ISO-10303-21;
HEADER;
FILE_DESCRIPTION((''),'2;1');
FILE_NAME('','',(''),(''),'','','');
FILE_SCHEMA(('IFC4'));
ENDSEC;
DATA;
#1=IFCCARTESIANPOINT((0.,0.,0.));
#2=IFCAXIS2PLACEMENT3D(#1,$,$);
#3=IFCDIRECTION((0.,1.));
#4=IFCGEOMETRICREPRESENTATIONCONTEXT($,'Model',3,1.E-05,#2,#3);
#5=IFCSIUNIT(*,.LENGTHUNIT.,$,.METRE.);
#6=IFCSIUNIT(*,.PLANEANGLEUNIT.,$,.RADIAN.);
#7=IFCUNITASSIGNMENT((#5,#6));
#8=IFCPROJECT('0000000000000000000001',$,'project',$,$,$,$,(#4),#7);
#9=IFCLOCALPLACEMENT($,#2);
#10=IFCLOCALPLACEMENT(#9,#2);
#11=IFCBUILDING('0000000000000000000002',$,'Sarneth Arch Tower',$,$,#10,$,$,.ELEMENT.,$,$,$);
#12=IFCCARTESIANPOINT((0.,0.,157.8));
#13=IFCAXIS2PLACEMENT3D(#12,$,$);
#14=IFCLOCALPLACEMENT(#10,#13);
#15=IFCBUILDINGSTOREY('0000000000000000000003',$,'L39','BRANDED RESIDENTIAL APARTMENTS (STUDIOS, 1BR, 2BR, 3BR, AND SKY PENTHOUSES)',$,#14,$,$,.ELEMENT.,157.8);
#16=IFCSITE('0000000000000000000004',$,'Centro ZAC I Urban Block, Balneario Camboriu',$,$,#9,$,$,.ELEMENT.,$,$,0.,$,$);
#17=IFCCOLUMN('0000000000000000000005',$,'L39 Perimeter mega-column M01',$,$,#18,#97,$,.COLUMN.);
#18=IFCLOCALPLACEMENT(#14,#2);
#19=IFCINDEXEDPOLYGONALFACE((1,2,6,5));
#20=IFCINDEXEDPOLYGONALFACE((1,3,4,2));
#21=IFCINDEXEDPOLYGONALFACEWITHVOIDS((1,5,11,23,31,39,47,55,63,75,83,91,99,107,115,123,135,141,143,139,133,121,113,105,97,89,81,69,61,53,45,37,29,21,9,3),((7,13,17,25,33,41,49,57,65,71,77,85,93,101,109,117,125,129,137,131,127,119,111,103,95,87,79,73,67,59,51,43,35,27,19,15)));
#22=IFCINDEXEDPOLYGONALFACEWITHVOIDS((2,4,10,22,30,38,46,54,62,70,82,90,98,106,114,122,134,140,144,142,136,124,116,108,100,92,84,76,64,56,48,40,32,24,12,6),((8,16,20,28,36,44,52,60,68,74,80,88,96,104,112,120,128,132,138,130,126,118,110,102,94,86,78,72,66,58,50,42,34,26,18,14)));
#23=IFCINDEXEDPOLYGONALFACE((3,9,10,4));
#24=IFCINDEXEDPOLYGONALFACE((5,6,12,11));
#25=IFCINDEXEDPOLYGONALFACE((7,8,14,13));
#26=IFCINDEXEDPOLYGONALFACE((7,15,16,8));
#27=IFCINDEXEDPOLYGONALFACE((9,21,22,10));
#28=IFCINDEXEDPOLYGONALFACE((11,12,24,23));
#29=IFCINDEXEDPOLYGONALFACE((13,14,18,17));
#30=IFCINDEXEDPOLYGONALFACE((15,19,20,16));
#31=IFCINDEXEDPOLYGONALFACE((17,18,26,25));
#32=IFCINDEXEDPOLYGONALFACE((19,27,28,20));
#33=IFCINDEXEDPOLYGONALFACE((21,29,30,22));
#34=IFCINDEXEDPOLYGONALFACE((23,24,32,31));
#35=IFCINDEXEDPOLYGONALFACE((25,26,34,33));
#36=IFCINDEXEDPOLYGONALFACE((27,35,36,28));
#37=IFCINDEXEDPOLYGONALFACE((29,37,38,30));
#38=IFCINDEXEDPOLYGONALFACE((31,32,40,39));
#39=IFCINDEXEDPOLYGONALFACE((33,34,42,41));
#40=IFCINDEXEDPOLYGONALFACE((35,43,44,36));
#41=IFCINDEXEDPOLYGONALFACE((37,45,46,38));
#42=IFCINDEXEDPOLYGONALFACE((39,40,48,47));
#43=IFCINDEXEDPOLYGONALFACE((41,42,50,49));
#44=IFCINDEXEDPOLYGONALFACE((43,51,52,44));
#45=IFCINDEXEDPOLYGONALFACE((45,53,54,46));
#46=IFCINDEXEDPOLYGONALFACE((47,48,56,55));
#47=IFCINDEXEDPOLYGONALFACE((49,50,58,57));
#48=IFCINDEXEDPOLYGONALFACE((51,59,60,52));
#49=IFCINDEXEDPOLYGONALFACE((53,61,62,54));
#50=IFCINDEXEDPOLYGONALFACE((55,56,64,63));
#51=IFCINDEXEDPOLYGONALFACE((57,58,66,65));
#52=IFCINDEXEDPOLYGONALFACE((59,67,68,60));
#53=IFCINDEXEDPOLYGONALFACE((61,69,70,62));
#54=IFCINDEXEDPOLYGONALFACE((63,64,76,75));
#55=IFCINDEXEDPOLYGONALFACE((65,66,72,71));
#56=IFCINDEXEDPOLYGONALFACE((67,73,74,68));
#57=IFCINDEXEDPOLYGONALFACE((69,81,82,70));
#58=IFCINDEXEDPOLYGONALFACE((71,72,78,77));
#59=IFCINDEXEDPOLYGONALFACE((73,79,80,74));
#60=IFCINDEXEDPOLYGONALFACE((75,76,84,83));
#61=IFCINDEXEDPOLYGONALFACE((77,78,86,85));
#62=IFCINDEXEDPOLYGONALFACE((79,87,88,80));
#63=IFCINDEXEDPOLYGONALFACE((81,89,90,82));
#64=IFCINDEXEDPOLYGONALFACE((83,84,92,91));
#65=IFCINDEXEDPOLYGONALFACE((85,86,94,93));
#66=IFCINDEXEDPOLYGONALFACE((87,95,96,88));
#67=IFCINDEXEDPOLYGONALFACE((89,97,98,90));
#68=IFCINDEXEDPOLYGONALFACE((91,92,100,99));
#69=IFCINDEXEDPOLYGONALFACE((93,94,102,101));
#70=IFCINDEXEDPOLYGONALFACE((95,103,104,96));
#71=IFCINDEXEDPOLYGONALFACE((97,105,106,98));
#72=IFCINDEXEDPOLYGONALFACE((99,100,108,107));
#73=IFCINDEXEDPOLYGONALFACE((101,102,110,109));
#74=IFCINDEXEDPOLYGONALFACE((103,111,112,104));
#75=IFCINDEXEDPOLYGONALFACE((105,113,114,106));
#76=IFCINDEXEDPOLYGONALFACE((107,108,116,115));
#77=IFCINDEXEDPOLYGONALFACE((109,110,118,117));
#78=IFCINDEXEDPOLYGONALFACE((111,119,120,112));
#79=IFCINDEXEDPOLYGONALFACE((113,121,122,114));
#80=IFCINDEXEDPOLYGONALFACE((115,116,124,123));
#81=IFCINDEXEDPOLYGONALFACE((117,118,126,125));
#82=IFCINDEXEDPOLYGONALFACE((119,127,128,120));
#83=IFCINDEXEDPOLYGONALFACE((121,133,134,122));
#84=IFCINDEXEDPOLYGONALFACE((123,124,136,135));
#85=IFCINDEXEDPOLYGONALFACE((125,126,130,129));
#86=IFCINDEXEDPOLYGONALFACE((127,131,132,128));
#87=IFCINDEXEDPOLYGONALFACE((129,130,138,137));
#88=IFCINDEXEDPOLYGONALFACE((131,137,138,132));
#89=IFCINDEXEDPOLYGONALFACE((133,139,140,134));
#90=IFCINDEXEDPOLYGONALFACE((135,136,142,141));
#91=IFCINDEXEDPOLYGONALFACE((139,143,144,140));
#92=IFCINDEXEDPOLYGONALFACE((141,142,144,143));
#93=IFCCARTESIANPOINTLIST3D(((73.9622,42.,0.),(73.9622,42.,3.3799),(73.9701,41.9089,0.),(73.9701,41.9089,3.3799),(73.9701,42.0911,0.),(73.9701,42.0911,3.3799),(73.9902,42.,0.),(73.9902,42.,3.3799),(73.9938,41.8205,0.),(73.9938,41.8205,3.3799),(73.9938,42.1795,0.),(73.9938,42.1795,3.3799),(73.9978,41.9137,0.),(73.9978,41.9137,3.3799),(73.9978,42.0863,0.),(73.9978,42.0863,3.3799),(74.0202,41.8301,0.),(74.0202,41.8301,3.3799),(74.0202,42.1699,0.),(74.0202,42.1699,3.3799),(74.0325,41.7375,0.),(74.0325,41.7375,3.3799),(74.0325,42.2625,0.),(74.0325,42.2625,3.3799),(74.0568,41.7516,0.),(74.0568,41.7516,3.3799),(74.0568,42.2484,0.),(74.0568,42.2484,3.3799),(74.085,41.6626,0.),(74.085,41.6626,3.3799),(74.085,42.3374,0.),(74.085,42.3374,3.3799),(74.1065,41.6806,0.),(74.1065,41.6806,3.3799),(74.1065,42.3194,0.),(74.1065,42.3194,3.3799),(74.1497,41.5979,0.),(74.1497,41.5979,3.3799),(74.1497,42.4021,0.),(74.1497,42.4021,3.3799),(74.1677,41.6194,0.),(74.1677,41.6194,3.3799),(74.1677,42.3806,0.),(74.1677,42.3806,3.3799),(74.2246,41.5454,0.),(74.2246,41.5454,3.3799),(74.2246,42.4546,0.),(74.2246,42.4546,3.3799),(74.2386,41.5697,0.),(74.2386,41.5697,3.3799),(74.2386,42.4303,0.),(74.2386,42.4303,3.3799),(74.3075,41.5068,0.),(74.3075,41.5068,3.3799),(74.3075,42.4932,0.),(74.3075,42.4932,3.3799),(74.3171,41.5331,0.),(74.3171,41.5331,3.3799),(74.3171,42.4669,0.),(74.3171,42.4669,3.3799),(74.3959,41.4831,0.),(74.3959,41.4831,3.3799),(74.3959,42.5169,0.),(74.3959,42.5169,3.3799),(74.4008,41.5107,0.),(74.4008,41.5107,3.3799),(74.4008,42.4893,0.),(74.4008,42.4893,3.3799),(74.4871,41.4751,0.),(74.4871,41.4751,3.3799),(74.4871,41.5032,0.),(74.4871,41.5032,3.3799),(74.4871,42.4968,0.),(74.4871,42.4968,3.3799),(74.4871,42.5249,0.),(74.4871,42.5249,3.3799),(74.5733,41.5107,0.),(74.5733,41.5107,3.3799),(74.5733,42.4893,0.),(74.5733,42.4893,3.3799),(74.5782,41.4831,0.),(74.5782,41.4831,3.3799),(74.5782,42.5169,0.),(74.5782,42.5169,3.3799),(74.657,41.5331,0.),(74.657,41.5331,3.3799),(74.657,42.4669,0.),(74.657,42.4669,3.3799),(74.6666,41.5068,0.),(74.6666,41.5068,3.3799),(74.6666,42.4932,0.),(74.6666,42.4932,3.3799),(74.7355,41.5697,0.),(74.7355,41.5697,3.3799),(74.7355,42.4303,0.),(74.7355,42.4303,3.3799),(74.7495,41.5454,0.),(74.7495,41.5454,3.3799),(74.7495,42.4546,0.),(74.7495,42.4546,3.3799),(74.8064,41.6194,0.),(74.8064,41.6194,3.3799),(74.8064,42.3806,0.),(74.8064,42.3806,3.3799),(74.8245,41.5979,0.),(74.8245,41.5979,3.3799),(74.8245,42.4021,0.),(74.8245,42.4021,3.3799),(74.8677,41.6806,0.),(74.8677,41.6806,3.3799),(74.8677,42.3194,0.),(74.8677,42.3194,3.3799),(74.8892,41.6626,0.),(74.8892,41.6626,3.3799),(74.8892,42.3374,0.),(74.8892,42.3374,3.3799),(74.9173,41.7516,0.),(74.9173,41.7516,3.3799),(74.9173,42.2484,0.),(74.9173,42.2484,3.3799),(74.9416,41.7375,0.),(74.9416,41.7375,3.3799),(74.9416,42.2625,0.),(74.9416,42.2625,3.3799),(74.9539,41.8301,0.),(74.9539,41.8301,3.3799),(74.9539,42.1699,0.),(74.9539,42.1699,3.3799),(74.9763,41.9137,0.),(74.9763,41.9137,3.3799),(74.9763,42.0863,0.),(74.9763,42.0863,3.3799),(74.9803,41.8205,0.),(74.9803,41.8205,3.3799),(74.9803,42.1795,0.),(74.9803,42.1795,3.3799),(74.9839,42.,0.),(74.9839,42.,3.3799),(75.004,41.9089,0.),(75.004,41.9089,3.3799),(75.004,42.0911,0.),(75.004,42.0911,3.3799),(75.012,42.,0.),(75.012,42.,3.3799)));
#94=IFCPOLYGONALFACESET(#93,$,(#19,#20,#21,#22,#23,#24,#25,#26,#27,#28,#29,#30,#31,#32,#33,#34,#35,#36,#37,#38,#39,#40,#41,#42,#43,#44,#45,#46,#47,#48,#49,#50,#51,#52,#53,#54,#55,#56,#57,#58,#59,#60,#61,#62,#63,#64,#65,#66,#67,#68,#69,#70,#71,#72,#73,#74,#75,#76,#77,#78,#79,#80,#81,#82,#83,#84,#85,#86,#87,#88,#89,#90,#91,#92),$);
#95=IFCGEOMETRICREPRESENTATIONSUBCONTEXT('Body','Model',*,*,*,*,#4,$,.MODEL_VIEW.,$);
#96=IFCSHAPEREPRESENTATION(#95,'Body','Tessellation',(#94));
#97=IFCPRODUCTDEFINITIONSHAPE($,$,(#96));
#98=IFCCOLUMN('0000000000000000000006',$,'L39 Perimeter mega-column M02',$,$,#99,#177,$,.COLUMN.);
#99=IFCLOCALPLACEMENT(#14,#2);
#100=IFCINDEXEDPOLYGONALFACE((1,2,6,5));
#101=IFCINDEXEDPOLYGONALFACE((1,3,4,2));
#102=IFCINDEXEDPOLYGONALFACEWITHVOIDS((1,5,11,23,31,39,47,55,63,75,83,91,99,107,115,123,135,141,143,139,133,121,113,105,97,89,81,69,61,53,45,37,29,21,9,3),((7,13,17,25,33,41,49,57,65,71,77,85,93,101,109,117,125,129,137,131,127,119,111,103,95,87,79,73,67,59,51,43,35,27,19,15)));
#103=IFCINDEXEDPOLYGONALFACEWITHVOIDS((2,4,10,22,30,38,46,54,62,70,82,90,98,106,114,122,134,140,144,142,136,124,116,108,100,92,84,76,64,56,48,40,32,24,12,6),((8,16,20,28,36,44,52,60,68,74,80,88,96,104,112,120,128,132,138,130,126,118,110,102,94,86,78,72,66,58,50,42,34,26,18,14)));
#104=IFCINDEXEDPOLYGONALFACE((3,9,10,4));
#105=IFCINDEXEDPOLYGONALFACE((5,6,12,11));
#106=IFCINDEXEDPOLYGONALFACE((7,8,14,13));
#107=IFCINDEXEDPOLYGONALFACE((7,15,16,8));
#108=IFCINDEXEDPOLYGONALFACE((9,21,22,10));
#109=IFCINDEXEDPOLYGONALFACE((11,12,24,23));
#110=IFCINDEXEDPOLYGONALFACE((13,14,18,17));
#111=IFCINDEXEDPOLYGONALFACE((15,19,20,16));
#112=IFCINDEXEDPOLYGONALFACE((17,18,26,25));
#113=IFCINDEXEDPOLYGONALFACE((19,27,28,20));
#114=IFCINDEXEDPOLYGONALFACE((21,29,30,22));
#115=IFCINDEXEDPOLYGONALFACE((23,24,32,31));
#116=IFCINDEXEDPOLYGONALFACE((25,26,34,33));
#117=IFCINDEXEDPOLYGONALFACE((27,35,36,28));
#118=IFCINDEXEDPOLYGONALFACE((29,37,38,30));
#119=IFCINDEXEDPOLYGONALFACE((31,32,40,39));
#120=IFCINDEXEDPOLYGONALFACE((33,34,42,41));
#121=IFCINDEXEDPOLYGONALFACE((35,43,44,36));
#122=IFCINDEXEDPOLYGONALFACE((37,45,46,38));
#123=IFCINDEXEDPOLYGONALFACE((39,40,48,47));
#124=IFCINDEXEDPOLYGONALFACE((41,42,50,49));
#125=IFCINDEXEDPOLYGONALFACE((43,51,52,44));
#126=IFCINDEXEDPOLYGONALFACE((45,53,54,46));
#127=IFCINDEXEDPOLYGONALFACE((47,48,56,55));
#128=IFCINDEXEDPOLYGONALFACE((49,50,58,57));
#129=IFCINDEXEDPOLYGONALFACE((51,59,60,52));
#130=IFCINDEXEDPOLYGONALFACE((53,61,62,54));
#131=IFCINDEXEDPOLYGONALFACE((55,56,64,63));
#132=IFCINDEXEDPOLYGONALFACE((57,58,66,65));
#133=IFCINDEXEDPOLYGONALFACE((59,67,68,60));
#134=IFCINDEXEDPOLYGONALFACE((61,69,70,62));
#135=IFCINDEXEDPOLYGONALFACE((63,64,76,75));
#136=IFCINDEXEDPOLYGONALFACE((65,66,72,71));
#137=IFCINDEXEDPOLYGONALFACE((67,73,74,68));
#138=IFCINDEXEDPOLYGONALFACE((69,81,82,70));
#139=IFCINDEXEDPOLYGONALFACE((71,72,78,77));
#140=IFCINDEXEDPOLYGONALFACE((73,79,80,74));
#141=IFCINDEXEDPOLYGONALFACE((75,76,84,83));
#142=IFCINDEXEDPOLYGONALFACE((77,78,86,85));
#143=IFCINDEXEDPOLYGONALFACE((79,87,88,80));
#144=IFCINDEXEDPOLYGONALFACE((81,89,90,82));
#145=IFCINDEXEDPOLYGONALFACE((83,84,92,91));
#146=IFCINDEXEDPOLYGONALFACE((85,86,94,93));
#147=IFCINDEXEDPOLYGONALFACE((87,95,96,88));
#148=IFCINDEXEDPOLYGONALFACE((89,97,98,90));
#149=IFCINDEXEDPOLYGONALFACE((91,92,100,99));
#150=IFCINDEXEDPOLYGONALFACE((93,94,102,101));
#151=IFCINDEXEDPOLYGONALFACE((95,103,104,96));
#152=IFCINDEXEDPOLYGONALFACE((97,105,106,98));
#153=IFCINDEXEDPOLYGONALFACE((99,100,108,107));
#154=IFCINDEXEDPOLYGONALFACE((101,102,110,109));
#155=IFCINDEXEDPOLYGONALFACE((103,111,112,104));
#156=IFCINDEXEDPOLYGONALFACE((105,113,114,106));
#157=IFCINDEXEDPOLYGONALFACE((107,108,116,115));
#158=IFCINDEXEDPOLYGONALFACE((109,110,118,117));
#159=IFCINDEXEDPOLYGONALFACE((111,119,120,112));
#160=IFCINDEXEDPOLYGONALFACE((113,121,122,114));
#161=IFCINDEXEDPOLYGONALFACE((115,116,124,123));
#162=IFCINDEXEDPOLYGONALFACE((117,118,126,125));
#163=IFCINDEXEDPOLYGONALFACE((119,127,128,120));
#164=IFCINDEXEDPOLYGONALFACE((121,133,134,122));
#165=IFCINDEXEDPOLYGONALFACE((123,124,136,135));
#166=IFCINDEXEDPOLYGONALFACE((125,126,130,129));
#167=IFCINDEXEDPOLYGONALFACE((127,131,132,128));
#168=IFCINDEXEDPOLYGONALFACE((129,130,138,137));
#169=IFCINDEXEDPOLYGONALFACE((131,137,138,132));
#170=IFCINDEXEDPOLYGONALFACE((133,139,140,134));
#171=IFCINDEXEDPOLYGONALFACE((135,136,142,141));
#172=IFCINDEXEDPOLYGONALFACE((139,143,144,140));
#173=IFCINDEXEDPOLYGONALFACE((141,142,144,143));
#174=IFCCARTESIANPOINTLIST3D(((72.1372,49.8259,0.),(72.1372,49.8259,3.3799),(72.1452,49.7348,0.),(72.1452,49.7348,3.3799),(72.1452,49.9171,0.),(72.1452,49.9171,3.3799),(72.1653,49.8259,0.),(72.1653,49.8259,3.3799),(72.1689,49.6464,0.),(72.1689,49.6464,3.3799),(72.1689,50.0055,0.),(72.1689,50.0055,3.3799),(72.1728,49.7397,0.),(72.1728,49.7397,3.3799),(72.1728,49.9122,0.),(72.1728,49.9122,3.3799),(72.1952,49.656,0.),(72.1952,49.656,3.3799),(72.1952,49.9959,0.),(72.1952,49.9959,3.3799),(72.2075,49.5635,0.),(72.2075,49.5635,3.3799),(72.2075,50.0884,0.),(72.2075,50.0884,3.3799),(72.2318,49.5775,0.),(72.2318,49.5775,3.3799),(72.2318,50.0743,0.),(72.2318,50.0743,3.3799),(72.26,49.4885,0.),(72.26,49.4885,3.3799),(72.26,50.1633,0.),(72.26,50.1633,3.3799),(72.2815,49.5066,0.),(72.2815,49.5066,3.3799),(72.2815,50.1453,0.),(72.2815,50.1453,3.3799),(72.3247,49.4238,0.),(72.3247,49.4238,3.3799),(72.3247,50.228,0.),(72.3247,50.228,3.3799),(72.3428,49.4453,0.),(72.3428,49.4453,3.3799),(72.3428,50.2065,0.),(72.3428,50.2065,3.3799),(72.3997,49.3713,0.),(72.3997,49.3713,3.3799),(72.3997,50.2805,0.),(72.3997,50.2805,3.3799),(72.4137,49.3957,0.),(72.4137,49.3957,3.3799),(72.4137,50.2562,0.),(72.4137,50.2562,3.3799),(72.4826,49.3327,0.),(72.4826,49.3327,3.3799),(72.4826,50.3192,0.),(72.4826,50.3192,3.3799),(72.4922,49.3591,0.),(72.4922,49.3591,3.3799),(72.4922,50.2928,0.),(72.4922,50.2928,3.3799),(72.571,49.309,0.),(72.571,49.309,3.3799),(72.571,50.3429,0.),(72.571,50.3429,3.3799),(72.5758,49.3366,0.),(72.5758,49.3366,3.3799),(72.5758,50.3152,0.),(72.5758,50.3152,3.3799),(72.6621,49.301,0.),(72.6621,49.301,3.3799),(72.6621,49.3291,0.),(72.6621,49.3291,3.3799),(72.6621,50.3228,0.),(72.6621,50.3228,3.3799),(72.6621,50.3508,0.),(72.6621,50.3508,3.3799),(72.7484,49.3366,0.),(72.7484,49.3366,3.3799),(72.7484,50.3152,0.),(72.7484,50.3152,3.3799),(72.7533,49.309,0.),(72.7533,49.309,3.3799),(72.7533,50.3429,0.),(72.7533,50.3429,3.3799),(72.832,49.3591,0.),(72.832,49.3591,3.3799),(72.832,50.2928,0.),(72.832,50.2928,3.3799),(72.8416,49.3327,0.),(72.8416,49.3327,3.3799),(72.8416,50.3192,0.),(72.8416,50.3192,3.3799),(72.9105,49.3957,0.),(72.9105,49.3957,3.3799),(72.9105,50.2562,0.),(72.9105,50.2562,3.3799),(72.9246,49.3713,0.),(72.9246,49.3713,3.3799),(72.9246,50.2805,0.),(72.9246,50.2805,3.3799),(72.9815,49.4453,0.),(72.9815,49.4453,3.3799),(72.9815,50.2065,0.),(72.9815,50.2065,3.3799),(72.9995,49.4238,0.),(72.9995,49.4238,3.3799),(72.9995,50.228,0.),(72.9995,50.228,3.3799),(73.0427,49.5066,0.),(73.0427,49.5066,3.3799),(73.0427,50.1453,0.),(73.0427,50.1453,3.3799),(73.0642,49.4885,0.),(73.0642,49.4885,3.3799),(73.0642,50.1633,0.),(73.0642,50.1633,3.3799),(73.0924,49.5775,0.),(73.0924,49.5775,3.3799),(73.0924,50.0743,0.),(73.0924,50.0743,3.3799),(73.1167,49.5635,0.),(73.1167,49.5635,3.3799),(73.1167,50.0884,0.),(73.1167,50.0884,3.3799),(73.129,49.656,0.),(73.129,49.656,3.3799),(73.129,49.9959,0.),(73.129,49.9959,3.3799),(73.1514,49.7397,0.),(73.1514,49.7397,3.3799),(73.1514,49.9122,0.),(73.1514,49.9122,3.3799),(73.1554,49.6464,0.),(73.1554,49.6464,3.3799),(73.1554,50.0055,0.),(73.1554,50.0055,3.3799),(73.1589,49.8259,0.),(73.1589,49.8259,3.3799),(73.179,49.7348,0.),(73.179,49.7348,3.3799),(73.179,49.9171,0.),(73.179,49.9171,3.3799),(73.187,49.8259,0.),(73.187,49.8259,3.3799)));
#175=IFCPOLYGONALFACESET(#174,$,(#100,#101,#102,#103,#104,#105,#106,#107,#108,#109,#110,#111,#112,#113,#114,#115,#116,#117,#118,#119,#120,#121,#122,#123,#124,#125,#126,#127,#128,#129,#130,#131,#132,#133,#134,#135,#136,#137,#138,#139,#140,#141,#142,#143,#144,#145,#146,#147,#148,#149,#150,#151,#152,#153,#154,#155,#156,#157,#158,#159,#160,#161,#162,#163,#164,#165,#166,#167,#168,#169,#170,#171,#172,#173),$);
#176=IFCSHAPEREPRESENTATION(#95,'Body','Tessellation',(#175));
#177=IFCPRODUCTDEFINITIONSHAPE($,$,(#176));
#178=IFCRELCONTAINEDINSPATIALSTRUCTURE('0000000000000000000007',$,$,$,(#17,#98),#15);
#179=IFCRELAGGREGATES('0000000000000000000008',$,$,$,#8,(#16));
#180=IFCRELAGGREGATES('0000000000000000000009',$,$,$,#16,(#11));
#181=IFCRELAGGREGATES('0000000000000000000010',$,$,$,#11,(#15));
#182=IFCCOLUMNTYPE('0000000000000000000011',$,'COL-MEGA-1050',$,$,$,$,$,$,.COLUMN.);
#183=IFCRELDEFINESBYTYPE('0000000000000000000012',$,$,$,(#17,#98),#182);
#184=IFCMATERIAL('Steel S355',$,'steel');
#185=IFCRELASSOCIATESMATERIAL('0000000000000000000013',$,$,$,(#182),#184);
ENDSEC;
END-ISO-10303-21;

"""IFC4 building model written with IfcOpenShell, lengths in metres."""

from ifc_helpers import new_model, si_unit, direction, frame, origin, origin_2d, place, context, subcontext, project, spatial, hollow_circle, extrude, material, material_profile, profile_set, type_object, element, save


model = new_model("IFC4")

# Units and contexts
model_context = context("Model", 3, precision=1e-05, world=origin(), true_north=direction((0.0, 1.0)))
body_context = subcontext(model_context, "Body", "Model", "MODEL_VIEW")
ifc_project = project(units=[si_unit("LENGTHUNIT", "METRE"), si_unit("PLANEANGLEUNIT", "RADIAN")], contexts=[model_context])

# Site, building, storey
site_placement = place(None, origin())
site = spatial("IfcSite", under=ifc_project, at=site_placement, Name="Centro ZAC I Urban Block, Balneario Camboriu", CompositionType="ELEMENT", RefElevation=0.0)
building_placement = place(site_placement, origin())
building = spatial("IfcBuilding", under=site, at=building_placement, Name="Sarneth Arch Tower", CompositionType="ELEMENT")
storey_placement = place(building_placement, frame((0.0, 0.0, 157.8)))
storey = spatial("IfcBuildingStorey", under=building, at=storey_placement, Name="L39", Description="BRANDED RESIDENTIAL APARTMENTS (STUDIOS, 1BR, 2BR, 3BR, AND SKY PENTHOUSES)", CompositionType="ELEMENT", Elevation=157.8)

# Columns
ifc_material_1 = material(Name="Steel S355", Category="steel")
ifc_material_profile_1 = material_profile(ifc_material_1, hollow_circle(Radius=0.5249, WallThickness=0.0281, at=origin_2d()), Name="CHS1050x28")
ifc_profile_set_1 = profile_set([ifc_material_profile_1], Name="Steel S355")
column_type = type_object("IfcColumnType", Name="COL-MEGA-1050", PredefinedType="COLUMN", material=ifc_profile_set_1)
for number, where, z_axis, x_axis, name in (
    (1, (74.4871, 42.0, 0.0), (0.0, 0.0, 1.0), (1.0, 0.0, 0.0), "L39 Perimeter mega-column M01"),
    (2, (72.6621, 49.8259, 0.0), (0.0, 0.0, 1.0), (1.0, 0.0, 0.0), "L39 Perimeter mega-column M02"),
):
    element("IfcColumn", number, at=place(storey_placement, frame(where, z_axis=z_axis, x_axis=x_axis)), inside=storey, type_object=column_type, Name=name, PredefinedType="COLUMN", context=body_context, shape_type="SweptSolid", body=[
        extrude(hollow_circle(Radius=0.5249, WallThickness=0.0281, at=origin_2d()), origin(), (0.0, 0.0, 1.0), 3.3799),
    ])

save(model, "model.ifc")
